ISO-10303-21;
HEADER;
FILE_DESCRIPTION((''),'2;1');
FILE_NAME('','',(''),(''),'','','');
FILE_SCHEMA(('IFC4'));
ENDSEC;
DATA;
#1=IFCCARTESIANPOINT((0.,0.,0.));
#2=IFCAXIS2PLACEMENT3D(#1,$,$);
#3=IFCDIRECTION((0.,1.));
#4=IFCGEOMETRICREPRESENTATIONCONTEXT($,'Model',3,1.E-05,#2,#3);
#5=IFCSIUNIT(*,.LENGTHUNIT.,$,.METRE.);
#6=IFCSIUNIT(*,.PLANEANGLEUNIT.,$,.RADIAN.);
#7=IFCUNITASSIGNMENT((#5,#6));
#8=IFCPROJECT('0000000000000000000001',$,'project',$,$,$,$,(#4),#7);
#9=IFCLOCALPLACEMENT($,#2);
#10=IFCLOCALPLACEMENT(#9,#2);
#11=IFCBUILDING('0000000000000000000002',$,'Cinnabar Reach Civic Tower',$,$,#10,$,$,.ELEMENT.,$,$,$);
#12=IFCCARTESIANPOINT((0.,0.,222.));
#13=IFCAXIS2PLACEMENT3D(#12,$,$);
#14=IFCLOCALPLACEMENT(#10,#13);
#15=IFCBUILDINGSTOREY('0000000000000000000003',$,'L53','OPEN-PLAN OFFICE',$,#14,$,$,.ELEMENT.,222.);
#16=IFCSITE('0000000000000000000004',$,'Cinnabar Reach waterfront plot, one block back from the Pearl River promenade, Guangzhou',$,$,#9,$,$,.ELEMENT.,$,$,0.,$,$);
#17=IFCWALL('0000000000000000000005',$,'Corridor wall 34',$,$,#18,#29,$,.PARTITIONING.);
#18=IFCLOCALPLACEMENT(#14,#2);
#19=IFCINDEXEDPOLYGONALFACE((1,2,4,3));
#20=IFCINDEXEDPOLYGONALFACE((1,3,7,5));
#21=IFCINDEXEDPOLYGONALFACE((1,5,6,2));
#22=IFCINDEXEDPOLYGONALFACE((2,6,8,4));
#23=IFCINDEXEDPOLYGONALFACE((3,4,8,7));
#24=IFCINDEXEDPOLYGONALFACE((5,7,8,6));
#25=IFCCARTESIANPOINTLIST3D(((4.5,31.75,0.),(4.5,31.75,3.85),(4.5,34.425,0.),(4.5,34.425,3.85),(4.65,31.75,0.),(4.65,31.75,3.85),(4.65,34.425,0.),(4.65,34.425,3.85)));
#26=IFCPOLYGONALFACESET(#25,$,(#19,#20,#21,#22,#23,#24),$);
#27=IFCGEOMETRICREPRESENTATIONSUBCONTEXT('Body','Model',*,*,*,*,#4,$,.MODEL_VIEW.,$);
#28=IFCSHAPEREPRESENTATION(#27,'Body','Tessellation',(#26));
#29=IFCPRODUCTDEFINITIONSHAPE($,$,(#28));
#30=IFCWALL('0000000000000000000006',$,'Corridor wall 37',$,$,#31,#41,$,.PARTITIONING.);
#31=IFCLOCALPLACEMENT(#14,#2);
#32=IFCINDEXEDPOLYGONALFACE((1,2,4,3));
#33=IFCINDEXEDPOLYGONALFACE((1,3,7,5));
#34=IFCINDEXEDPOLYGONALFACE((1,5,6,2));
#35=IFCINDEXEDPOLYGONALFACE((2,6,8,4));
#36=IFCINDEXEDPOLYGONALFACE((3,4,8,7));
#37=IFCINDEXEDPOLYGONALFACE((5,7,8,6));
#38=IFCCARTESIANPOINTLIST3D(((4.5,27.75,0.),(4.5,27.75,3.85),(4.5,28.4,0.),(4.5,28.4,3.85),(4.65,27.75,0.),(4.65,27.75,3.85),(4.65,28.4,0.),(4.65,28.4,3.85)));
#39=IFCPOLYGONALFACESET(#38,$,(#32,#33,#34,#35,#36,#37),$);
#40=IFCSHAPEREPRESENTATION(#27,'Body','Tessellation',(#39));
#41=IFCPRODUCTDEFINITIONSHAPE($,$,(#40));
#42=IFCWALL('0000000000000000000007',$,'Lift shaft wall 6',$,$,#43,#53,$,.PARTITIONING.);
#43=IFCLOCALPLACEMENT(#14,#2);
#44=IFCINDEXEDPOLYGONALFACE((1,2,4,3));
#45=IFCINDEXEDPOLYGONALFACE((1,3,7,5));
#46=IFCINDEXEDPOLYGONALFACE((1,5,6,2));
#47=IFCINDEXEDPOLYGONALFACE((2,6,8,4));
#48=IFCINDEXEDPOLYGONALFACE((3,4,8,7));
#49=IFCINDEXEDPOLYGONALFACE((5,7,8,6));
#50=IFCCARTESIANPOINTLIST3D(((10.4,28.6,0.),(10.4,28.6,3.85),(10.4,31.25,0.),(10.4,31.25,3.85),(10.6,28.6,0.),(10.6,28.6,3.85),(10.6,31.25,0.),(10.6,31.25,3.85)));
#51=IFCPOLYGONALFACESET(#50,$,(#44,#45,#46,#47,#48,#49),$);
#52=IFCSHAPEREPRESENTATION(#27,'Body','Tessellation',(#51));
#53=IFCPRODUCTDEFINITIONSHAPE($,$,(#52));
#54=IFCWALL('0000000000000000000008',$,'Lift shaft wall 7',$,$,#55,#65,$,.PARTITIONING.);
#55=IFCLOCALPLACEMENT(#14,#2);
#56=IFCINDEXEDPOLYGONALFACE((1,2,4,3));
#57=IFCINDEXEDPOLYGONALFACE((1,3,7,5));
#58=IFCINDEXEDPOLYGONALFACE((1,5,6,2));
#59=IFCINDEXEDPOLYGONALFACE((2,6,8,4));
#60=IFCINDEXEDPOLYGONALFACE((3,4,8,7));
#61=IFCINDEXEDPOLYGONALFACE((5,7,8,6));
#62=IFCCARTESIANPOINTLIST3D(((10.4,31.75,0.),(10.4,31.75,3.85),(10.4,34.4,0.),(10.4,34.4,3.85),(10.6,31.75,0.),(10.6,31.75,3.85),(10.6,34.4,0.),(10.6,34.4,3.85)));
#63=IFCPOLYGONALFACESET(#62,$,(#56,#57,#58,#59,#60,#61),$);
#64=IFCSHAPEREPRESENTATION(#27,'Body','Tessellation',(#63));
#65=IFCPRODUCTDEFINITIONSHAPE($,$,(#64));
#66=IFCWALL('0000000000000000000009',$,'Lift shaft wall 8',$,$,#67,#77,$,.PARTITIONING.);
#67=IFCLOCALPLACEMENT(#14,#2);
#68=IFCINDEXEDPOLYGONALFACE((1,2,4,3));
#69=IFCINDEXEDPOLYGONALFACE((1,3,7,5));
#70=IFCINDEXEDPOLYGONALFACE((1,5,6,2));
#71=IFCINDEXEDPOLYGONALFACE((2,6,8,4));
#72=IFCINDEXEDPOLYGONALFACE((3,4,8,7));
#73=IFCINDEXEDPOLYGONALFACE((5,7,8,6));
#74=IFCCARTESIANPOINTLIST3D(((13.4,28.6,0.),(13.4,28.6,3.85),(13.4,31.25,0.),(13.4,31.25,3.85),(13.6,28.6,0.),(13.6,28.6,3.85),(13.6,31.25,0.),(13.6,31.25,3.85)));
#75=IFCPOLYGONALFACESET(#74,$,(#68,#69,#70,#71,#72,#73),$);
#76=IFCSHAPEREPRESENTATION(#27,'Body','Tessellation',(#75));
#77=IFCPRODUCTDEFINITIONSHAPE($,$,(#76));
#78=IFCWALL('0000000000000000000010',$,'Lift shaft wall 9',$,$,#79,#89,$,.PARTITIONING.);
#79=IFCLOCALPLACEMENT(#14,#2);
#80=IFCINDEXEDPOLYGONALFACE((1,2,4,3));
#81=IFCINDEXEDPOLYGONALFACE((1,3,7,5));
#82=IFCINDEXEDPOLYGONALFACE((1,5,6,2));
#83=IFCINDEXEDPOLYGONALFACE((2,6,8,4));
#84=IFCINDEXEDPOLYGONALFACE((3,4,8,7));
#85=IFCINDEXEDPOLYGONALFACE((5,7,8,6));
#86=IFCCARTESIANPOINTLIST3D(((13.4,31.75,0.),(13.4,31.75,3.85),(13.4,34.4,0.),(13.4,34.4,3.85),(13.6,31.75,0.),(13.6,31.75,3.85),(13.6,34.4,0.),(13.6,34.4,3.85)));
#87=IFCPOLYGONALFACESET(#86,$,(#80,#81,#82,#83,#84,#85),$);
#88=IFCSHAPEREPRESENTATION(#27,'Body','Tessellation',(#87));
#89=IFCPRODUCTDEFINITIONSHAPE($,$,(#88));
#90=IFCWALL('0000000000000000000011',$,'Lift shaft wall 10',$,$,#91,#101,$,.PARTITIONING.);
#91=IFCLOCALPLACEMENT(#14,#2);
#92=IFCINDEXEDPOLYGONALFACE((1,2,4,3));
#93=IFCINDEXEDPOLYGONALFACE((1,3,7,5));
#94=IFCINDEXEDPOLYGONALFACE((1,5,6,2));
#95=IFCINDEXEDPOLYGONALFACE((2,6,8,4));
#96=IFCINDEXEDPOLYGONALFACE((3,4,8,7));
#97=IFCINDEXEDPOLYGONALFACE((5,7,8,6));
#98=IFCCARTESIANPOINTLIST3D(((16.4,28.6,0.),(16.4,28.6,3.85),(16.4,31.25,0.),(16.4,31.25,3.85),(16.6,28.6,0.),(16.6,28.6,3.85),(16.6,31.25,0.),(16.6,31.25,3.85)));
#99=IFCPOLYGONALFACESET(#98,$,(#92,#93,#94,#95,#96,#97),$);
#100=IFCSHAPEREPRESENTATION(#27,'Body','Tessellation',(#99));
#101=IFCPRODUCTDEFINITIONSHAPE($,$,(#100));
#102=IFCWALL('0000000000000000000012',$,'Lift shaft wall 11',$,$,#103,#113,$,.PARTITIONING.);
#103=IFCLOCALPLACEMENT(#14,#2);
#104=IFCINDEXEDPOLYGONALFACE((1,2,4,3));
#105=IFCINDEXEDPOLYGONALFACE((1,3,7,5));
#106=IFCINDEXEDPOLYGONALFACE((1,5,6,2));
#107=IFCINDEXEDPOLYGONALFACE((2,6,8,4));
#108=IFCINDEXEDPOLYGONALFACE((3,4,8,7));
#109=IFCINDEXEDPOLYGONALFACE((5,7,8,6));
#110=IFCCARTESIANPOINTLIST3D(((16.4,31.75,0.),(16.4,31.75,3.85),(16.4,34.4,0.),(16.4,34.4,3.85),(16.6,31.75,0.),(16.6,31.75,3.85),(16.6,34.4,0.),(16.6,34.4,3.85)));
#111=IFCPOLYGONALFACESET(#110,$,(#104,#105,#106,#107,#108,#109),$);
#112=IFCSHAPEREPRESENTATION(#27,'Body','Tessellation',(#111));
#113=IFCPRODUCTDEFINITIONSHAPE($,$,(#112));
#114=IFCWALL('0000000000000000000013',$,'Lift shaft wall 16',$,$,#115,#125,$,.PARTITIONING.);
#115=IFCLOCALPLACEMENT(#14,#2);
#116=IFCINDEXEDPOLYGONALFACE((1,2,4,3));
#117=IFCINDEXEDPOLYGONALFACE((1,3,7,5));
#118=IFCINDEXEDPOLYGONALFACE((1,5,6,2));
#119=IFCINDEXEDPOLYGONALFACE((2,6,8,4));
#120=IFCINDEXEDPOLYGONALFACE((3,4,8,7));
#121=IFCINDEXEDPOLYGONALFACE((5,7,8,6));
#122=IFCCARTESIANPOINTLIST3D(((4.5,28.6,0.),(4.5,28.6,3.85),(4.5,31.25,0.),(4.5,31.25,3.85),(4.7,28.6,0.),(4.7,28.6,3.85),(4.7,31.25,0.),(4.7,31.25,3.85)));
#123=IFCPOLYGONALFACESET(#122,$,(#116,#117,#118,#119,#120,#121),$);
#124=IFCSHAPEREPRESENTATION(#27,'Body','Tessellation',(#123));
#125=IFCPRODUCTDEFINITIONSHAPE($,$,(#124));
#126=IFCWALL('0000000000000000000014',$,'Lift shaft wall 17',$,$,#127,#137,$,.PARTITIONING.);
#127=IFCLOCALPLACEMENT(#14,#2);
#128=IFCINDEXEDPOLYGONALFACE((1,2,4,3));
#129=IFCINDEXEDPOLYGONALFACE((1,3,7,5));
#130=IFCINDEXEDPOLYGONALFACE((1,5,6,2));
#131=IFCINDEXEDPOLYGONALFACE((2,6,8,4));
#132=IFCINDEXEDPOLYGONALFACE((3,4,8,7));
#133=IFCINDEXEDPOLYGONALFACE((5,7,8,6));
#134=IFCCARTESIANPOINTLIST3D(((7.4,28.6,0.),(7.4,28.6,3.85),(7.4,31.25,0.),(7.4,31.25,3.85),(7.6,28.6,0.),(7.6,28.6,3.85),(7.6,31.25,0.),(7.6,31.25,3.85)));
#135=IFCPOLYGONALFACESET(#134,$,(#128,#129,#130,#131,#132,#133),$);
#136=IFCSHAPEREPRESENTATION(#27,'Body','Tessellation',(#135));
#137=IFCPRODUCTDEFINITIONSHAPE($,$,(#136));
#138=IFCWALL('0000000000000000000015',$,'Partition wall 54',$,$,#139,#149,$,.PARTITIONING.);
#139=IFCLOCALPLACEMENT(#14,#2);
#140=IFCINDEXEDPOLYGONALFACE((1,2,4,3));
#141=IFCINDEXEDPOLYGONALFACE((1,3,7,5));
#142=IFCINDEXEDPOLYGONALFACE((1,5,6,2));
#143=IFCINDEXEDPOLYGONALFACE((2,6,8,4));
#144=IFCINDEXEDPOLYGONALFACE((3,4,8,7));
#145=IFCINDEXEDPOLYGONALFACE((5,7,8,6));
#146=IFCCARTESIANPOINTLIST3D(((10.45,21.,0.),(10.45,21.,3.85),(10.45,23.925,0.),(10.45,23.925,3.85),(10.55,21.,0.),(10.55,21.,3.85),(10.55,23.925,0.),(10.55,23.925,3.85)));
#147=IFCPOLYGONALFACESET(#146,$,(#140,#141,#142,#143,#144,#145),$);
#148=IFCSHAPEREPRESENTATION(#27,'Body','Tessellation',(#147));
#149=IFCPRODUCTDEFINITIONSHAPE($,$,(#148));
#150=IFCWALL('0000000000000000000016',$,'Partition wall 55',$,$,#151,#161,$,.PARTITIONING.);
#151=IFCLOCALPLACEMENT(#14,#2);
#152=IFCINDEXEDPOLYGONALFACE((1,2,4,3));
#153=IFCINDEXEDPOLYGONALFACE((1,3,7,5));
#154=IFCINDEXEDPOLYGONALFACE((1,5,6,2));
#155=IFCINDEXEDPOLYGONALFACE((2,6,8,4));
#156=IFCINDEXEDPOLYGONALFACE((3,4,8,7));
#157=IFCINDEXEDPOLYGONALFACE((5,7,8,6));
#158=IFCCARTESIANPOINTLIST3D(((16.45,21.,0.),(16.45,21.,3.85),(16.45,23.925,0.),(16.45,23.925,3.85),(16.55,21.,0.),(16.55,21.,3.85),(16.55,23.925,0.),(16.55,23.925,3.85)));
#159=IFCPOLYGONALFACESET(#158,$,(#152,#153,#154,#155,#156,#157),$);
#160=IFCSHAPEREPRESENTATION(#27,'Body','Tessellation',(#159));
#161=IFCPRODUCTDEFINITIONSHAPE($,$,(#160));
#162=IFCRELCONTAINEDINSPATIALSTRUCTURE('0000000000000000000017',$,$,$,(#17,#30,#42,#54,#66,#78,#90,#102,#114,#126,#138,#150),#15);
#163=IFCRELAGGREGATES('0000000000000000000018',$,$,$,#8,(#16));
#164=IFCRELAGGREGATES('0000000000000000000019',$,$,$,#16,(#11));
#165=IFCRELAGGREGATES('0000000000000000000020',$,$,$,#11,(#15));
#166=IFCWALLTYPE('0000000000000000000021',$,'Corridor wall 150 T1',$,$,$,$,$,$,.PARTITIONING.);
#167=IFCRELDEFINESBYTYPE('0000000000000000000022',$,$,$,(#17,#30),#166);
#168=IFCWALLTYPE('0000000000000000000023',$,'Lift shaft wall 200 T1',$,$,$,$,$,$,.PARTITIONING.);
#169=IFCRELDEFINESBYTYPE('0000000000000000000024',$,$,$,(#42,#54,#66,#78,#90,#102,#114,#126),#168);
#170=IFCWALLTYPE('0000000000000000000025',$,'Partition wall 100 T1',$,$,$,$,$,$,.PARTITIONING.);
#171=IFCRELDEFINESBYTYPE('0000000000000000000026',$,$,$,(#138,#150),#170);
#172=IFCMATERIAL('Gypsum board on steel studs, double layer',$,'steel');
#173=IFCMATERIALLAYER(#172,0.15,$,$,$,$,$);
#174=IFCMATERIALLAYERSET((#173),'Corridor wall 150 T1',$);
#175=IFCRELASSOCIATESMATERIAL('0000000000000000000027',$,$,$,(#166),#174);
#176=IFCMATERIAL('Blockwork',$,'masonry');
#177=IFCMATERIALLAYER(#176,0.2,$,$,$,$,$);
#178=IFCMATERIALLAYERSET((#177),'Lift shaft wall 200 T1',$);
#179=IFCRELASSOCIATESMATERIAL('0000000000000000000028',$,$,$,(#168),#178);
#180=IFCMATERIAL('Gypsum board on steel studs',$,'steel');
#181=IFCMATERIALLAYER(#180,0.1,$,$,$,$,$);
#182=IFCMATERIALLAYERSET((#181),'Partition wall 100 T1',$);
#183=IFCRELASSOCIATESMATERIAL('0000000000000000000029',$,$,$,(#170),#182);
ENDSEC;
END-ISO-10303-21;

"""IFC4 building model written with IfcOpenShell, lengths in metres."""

from ifc_helpers import new_model, si_unit, direction, frame, frame_2d, origin, place, context, subcontext, project, spatial, rectangle, extrude, material, layer, layer_set, type_object, element, save


model = new_model("IFC4")

# Units and contexts
model_context = context("Model", 3, precision=1e-05, world=origin(), true_north=direction((0.0, 1.0)))
body_context = subcontext(model_context, "Body", "Model", "MODEL_VIEW")
ifc_project = project(units=[si_unit("LENGTHUNIT", "METRE"), si_unit("PLANEANGLEUNIT", "RADIAN")], contexts=[model_context])

# Site, building, storey
site_placement = place(None, origin())
site = spatial("IfcSite", under=ifc_project, at=site_placement, Name="Cinnabar Reach waterfront plot, one block back from the Pearl River promenade, Guangzhou", CompositionType="ELEMENT", RefElevation=0.0)
building_placement = place(site_placement, origin())
building = spatial("IfcBuilding", under=site, at=building_placement, Name="Cinnabar Reach Civic Tower", CompositionType="ELEMENT")
storey_placement = place(building_placement, frame((0.0, 0.0, 222.0)))
storey = spatial("IfcBuildingStorey", under=building, at=storey_placement, Name="L53", Description="OPEN-PLAN OFFICE", CompositionType="ELEMENT", Elevation=222.0)

# Shared definitions
ifc_material_1 = material(Name="Gypsum board on steel studs, double layer", Category="steel")
ifc_layer_1 = layer(ifc_material_1, 0.15)
ifc_layer_set_1 = layer_set([ifc_layer_1], Name="Corridor wall 150 T1")
wall_type_1 = type_object("IfcWallType", Name="Corridor wall 150 T1", PredefinedType="PARTITIONING", material=ifc_layer_set_1)

# Walls
wall_1_placement = place(storey_placement, frame((4.575, 31.75, 0.0), z_axis=(0.0, 0.0, 1.0), x_axis=(0.0, 1.0, 0.0)))
element("IfcWall", 1, at=wall_1_placement, inside=storey, type_object=wall_type_1, Name="Corridor wall 34", PredefinedType="PARTITIONING", context=body_context, shape_type="SweptSolid", body=[
    extrude(rectangle(XDim=2.675, YDim=0.15, at=frame_2d((1.3375, 0.0))), origin(), (0.0, 0.0, 1.0), 3.85),
])
wall_2_placement = place(storey_placement, frame((4.575, 27.75, 0.0), z_axis=(0.0, 0.0, 1.0), x_axis=(0.0, 1.0, 0.0)))
element("IfcWall", 2, at=wall_2_placement, inside=storey, type_object=wall_type_1, Name="Corridor wall 37", PredefinedType="PARTITIONING", context=body_context, shape_type="SweptSolid", body=[
    extrude(rectangle(XDim=0.65, YDim=0.15, at=frame_2d((0.325, 0.0))), origin(), (0.0, 0.0, 1.0), 3.85),
])
ifc_material_2 = material(Name="Blockwork", Category="masonry")
ifc_layer_2 = layer(ifc_material_2, 0.2)
ifc_layer_set_2 = layer_set([ifc_layer_2], Name="Lift shaft wall 200 T1")
wall_type_2 = type_object("IfcWallType", Name="Lift shaft wall 200 T1", PredefinedType="PARTITIONING", material=ifc_layer_set_2)
for number, where, z_axis, x_axis, name in (
    (3, (10.5, 28.6, 0.0), (0.0, 0.0, 1.0), (0.0, 1.0, 0.0), "Lift shaft wall 6"),
    (4, (10.5, 31.75, 0.0), (0.0, 0.0, 1.0), (0.0, 1.0, 0.0), "Lift shaft wall 7"),
    (5, (13.5, 28.6, 0.0), (0.0, 0.0, 1.0), (0.0, 1.0, 0.0), "Lift shaft wall 8"),
    (6, (13.5, 31.75, 0.0), (0.0, 0.0, 1.0), (0.0, 1.0, 0.0), "Lift shaft wall 9"),
    (7, (16.5, 28.6, 0.0), (0.0, 0.0, 1.0), (0.0, 1.0, 0.0), "Lift shaft wall 10"),
    (8, (16.5, 31.75, 0.0), (0.0, 0.0, 1.0), (0.0, 1.0, 0.0), "Lift shaft wall 11"),
    (9, (4.6, 28.6, 0.0), (0.0, 0.0, 1.0), (0.0, 1.0, 0.0), "Lift shaft wall 16"),
    (10, (7.5, 28.6, 0.0), (0.0, 0.0, 1.0), (0.0, 1.0, 0.0), "Lift shaft wall 17"),
):
    element("IfcWall", number, at=place(storey_placement, frame(where, z_axis=z_axis, x_axis=x_axis)), inside=storey, type_object=wall_type_2, Name=name, PredefinedType="PARTITIONING", context=body_context, shape_type="SweptSolid", body=[
        extrude(rectangle(XDim=2.65, YDim=0.2, at=frame_2d((1.325, 0.0))), origin(), (0.0, 0.0, 1.0), 3.85),
    ])
ifc_material_3 = material(Name="Gypsum board on steel studs", Category="steel")
ifc_layer_3 = layer(ifc_material_3, 0.1)
ifc_layer_set_3 = layer_set([ifc_layer_3], Name="Partition wall 100 T1")
wall_type_3 = type_object("IfcWallType", Name="Partition wall 100 T1", PredefinedType="PARTITIONING", material=ifc_layer_set_3)
for number, where, z_axis, x_axis, name in (
    (11, (10.5, 21.0, 0.0), (0.0, 0.0, 1.0), (0.0, 1.0, 0.0), "Partition wall 54"),
    (12, (16.5, 21.0, 0.0), (0.0, 0.0, 1.0), (0.0, 1.0, 0.0), "Partition wall 55"),
):
    element("IfcWall", number, at=place(storey_placement, frame(where, z_axis=z_axis, x_axis=x_axis)), inside=storey, type_object=wall_type_3, Name=name, PredefinedType="PARTITIONING", context=body_context, shape_type="SweptSolid", body=[
        extrude(rectangle(XDim=2.925, YDim=0.1, at=frame_2d((1.4625, 0.0))), origin(), (0.0, 0.0, 1.0), 3.85),
    ])

save(model, "model.ifc")
